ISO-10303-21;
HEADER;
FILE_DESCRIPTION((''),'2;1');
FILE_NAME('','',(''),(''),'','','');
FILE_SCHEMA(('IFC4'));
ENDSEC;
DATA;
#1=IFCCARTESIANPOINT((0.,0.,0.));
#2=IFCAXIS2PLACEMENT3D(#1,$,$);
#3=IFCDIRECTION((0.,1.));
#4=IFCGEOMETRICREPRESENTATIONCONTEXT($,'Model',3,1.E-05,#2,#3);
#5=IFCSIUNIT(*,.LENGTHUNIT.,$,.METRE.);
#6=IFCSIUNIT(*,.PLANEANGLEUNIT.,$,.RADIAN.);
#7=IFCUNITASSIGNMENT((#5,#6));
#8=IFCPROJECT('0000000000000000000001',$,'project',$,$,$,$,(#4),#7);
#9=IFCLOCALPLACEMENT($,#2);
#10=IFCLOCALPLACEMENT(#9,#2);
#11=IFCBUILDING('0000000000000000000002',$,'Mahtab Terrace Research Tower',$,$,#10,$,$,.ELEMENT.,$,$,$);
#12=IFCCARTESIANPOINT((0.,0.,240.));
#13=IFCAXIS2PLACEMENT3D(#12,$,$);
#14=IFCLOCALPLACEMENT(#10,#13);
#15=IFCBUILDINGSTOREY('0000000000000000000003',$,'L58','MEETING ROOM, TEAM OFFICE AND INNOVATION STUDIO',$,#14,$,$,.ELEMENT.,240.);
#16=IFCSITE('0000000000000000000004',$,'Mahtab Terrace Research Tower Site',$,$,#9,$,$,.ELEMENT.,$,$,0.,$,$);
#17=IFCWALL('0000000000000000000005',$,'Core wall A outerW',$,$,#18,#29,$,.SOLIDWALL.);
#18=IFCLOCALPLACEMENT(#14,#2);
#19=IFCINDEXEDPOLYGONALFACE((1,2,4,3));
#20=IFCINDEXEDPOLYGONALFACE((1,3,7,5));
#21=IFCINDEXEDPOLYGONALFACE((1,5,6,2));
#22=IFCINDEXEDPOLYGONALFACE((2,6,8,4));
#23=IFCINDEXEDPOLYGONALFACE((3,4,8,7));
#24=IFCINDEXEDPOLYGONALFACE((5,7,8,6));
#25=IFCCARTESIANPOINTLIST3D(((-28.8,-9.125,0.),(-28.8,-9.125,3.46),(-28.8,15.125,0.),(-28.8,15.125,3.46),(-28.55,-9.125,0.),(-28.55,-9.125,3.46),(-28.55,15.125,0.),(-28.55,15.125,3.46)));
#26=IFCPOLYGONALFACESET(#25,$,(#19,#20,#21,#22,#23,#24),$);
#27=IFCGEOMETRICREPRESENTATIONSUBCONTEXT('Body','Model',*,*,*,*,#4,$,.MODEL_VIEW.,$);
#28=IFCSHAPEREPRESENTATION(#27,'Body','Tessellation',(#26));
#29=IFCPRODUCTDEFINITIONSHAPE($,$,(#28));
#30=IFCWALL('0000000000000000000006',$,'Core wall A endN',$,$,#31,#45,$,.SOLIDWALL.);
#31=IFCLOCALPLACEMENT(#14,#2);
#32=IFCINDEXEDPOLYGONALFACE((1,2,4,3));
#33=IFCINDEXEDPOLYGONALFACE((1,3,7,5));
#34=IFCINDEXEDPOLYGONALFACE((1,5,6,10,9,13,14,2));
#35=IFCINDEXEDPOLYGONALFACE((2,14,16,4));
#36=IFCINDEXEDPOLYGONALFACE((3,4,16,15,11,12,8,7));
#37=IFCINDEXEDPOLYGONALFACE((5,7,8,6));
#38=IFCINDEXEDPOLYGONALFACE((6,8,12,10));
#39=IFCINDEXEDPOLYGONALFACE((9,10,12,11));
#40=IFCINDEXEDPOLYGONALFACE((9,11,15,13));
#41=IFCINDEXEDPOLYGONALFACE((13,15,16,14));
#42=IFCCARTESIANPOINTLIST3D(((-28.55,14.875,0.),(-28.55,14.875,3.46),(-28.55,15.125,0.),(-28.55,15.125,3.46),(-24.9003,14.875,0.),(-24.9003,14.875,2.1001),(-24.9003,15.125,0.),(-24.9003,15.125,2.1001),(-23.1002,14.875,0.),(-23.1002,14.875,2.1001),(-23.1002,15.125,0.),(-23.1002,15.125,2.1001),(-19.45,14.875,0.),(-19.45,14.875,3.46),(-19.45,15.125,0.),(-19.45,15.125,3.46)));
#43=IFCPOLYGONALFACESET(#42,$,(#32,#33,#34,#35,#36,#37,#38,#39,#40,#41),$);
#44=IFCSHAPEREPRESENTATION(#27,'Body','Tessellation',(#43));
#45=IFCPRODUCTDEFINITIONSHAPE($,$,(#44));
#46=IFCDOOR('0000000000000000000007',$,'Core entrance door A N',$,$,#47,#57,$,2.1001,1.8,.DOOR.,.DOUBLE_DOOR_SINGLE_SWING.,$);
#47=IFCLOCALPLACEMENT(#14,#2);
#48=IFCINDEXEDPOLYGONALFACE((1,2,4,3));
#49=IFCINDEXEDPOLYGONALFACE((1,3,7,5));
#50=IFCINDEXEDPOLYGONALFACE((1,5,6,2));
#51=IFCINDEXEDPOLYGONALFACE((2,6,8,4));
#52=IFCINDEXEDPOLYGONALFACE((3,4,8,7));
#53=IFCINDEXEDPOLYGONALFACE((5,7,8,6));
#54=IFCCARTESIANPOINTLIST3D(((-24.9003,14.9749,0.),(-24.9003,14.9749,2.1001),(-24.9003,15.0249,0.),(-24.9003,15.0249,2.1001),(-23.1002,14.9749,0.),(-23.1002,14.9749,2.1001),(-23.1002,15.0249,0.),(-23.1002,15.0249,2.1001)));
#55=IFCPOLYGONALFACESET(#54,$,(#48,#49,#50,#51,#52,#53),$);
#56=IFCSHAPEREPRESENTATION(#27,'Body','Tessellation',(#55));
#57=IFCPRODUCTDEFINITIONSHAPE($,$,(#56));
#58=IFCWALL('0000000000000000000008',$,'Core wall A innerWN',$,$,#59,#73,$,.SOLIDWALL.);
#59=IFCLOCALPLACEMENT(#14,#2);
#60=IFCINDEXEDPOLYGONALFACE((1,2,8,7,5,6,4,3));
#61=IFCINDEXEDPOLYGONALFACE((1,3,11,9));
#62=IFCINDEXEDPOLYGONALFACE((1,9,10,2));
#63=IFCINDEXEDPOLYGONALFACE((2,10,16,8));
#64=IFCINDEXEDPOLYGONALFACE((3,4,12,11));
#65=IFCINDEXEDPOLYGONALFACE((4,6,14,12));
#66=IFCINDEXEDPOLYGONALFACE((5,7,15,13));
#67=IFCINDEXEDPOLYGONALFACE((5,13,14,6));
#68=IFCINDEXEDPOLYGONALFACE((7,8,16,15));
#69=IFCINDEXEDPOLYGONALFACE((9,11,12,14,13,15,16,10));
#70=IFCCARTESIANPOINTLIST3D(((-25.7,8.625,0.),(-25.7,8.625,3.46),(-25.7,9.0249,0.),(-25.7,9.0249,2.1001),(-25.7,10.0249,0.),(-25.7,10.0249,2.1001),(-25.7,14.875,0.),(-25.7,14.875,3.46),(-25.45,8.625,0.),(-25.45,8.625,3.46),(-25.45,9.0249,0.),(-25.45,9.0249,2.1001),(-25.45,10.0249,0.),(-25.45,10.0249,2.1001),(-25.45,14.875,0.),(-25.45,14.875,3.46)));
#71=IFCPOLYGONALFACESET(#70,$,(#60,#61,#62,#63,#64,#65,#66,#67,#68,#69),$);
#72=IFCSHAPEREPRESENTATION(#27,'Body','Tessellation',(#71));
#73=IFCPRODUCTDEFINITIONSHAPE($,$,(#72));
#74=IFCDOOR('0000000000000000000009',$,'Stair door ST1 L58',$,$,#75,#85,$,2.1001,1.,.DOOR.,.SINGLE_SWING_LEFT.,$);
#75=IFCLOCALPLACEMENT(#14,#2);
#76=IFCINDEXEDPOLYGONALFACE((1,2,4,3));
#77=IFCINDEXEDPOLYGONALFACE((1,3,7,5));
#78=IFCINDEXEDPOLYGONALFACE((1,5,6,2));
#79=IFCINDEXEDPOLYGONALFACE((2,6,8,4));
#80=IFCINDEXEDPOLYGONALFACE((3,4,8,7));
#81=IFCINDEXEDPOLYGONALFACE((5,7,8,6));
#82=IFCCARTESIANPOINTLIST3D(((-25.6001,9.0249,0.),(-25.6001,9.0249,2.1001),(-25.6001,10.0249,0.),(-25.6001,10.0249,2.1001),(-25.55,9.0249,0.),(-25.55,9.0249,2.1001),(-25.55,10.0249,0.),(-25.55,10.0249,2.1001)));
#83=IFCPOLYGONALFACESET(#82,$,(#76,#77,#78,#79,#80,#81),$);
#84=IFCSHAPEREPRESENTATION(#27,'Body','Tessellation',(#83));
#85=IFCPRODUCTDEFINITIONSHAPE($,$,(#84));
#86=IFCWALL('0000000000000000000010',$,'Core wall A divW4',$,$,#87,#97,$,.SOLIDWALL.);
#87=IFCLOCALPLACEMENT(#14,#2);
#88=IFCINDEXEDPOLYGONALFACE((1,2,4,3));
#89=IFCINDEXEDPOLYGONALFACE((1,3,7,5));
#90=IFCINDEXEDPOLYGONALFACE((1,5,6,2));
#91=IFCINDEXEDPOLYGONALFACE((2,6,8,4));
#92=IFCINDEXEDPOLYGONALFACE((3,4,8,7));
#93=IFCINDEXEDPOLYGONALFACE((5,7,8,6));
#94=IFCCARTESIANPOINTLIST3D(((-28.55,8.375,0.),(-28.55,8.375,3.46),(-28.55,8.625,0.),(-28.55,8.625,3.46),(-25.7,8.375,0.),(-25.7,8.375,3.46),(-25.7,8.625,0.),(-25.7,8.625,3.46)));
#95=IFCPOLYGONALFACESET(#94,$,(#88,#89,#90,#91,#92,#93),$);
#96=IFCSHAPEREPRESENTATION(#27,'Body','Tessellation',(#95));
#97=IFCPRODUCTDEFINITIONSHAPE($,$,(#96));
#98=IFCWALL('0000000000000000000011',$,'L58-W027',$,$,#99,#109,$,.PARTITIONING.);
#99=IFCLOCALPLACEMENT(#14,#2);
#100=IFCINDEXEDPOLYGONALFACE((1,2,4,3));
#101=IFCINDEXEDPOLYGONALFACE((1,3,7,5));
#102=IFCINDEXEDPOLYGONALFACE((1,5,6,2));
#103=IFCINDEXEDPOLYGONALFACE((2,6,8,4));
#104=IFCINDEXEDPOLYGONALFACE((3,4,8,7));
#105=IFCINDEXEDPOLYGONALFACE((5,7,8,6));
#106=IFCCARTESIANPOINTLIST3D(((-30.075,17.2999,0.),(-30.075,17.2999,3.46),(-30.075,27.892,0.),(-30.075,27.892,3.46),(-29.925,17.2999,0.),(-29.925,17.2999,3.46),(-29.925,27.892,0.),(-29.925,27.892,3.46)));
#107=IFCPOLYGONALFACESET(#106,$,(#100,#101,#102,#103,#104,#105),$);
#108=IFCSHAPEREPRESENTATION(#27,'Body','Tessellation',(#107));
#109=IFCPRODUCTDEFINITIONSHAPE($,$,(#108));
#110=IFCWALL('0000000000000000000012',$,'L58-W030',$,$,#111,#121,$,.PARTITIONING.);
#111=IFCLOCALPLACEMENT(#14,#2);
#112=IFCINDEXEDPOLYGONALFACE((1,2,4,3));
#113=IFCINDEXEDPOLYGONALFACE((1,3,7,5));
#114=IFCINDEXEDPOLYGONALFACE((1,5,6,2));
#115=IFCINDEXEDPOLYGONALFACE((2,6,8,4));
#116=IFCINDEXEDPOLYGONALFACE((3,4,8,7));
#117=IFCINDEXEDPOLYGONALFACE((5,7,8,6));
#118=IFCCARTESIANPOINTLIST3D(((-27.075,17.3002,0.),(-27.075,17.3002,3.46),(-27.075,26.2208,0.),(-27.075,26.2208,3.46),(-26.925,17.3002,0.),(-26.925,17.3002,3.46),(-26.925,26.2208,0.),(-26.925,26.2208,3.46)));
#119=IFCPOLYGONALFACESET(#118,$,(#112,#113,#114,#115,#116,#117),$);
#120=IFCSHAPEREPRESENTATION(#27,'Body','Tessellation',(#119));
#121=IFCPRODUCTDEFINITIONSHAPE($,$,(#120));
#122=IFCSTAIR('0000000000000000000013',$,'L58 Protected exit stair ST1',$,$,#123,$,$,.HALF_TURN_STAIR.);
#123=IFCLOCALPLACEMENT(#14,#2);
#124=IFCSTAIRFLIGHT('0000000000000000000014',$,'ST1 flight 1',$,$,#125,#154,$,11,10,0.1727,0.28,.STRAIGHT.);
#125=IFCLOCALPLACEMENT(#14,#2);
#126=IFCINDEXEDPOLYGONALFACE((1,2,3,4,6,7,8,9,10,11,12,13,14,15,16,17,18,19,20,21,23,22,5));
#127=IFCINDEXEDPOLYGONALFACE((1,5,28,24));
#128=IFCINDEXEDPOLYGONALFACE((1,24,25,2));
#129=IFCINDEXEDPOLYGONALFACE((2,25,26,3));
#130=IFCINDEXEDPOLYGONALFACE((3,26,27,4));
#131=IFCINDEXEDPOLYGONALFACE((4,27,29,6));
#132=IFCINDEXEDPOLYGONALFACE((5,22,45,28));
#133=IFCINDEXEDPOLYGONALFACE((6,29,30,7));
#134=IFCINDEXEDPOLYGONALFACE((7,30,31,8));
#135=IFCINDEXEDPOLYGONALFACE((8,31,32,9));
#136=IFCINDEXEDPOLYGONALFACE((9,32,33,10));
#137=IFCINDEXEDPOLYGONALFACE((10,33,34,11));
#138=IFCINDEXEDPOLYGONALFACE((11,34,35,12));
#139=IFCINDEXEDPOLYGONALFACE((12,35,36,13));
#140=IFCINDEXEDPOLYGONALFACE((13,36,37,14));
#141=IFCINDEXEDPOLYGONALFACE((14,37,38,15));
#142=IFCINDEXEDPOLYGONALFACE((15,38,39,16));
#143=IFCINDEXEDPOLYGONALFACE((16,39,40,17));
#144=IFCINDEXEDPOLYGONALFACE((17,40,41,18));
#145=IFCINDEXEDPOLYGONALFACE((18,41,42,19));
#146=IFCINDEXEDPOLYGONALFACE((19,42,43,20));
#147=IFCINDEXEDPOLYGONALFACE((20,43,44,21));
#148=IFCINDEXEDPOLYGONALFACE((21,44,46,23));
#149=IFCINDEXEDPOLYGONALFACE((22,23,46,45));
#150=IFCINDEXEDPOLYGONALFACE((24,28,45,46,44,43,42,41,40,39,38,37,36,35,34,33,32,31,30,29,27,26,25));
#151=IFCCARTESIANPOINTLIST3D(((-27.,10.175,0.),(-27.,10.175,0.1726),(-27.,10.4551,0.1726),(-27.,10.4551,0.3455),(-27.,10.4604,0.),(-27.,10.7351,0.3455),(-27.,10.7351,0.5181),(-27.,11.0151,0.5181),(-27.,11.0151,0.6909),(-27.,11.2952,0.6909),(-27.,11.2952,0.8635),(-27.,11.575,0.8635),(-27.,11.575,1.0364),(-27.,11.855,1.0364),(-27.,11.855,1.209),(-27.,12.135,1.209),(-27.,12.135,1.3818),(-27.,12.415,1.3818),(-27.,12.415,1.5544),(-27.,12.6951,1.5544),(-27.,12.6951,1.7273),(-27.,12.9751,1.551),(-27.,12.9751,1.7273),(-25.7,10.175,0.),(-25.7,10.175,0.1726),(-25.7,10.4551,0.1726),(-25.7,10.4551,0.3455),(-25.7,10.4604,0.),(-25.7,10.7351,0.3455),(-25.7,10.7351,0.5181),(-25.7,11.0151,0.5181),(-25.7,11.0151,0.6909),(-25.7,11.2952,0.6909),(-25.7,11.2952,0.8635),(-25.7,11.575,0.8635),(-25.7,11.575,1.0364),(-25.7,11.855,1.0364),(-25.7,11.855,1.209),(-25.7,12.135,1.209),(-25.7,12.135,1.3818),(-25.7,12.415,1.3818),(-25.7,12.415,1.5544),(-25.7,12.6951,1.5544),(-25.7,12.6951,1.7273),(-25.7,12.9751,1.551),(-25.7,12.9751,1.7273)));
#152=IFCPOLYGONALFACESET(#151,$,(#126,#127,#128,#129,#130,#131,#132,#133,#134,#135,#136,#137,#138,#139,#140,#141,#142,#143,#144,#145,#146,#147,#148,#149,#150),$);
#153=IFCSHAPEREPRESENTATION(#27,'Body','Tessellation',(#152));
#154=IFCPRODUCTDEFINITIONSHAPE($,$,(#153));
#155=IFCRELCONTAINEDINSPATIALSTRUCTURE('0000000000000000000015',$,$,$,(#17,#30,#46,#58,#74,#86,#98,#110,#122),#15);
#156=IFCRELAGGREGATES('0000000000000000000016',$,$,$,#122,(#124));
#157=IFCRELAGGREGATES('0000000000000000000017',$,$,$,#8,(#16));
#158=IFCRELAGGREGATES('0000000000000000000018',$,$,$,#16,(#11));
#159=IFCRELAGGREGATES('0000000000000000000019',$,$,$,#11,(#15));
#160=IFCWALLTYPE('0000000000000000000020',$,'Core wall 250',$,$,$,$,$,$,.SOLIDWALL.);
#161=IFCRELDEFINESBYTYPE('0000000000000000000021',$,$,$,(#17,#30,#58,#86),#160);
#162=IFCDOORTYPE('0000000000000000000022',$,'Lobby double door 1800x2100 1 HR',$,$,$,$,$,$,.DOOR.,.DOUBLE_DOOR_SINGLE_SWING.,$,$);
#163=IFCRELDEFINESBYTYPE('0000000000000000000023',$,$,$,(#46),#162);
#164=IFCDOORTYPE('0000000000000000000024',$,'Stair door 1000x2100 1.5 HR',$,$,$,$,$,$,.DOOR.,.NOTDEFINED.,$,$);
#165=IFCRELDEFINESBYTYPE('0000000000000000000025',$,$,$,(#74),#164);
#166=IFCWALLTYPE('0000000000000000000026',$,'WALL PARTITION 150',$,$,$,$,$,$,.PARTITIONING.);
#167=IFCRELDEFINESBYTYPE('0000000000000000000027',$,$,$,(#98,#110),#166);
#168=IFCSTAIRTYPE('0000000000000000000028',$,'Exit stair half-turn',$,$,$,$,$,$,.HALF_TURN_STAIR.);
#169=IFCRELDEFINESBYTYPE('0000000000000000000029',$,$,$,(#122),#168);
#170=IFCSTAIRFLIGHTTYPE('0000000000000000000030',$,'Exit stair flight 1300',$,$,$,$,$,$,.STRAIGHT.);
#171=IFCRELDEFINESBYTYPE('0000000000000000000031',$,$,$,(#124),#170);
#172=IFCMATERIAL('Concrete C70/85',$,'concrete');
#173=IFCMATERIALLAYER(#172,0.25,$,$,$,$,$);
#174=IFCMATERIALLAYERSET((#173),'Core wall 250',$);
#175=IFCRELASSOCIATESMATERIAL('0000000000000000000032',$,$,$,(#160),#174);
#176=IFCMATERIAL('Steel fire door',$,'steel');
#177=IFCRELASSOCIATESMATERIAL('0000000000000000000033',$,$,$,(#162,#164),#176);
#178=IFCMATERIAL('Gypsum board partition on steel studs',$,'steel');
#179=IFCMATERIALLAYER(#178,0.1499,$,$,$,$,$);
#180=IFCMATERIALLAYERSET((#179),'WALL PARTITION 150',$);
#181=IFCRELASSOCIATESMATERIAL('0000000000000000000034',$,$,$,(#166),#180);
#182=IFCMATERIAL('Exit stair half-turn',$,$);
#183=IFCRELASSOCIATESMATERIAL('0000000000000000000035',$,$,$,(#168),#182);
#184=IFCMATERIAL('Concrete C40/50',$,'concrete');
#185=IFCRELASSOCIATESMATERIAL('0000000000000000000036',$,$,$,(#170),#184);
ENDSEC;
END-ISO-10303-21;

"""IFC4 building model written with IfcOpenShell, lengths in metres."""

from ifc_helpers import new_model, si_unit, direction, frame, frame_2d, origin, place, context, subcontext, project, spatial, polyline, rectangle, outline, extrude, material, layer, layer_set, type_object, element, fill, aggregate, save


model = new_model("IFC4")

# Units and contexts
model_context = context("Model", 3, precision=1e-05, world=origin(), true_north=direction((0.0, 1.0)))
body_context = subcontext(model_context, "Body", "Model", "MODEL_VIEW")
ifc_project = project(units=[si_unit("LENGTHUNIT", "METRE"), si_unit("PLANEANGLEUNIT", "RADIAN")], contexts=[model_context])

# Site, building, storey
site_placement = place(None, origin())
site = spatial("IfcSite", under=ifc_project, at=site_placement, Name="Mahtab Terrace Research Tower Site", CompositionType="ELEMENT", RefElevation=0.0)
building_placement = place(site_placement, origin())
building = spatial("IfcBuilding", under=site, at=building_placement, Name="Mahtab Terrace Research Tower", CompositionType="ELEMENT")
storey_placement = place(building_placement, frame((0.0, 0.0, 240.0)))
storey = spatial("IfcBuildingStorey", under=building, at=storey_placement, Name="L58", Description="MEETING ROOM, TEAM OFFICE AND INNOVATION STUDIO", CompositionType="ELEMENT", Elevation=240.0)

# Wall
ifc_material_1 = material(Name="Concrete C70/85", Category="concrete")
ifc_layer_1 = layer(ifc_material_1, 0.25)
ifc_layer_set_1 = layer_set([ifc_layer_1], Name="Core wall 250")
wall_type_1 = type_object("IfcWallType", Name="Core wall 250", PredefinedType="SOLIDWALL", material=ifc_layer_set_1)
wall_1_placement = place(storey_placement, frame((-28.675, 15.125, 0.0), z_axis=(0.0, 0.0, 1.0), x_axis=(0.0, -1.0, 0.0)))
element("IfcWall", 1, at=wall_1_placement, inside=storey, type_object=wall_type_1, Name="Core wall A outerW", PredefinedType="SOLIDWALL", context=body_context, shape_type="SweptSolid", body=[
    extrude(rectangle(XDim=24.25, YDim=0.25, at=frame_2d((12.125, 0.0))), origin(), (0.0, 0.0, 1.0), 3.46),
])

# Walls, openings, doors
wall_2_placement = place(storey_placement, frame((-28.55, 15.0, 0.0), z_axis=(0.0, 0.0, 1.0), x_axis=(1.0, 0.0, 0.0)))
wall_2 = element("IfcWall", 2, at=wall_2_placement, inside=storey, type_object=wall_type_1, Name="Core wall A endN", PredefinedType="SOLIDWALL", context=body_context, shape_type="SweptSolid", body=[
    extrude(rectangle(XDim=9.1001, YDim=0.25, at=frame_2d((4.55, 0.0))), origin(), (0.0, 0.0, 1.0), 3.46),
])
opening_1_placement = place(wall_2_placement, frame((3.6499, 0.0, 0.0)))
opening_1 = element("IfcOpeningElement", 3, at=opening_1_placement, cuts=wall_2, PredefinedType="OPENING", context=body_context, shape_type="SweptSolid", body=[
    extrude(rectangle(XDim=1.8, YDim=2.1001, at=frame_2d((0.8999, 1.05))), frame((0.0, 0.135, 0.0), z_axis=(0.0, -1.0, 0.0), x_axis=(1.0, 0.0, 0.0)), (0.0, 0.0, 1.0), 0.27),
])
ifc_material_2 = material(Name="Steel fire door", Category="steel")
door_type_1 = type_object("IfcDoorType", Name="Lobby double door 1800x2100 1 HR", OperationType="DOUBLE_DOOR_SINGLE_SWING", PredefinedType="DOOR", material=ifc_material_2)
door_1_placement = place(opening_1_placement, origin())
door_1 = element("IfcDoor", 4, at=door_1_placement, inside=storey, type_object=door_type_1, Name="Core entrance door A N", OperationType="DOUBLE_DOOR_SINGLE_SWING", OverallHeight=2.1001, OverallWidth=1.8, PredefinedType="DOOR", context=body_context, shape_type="SweptSolid", body=[
    extrude(rectangle(XDim=1.8, YDim=2.1001, at=frame_2d((0.8999, 1.05))), frame((0.0, 0.0249, 0.0), z_axis=(0.0, -1.0, 0.0), x_axis=(1.0, 0.0, 0.0)), (0.0, 0.0, 1.0), 0.05),
])
fill(opening_1, door_1)
wall_3_placement = place(storey_placement, frame((-25.575, 14.875, 0.0), z_axis=(0.0, 0.0, 1.0), x_axis=(0.0, -1.0, 0.0)))
wall_3 = element("IfcWall", 5, at=wall_3_placement, inside=storey, type_object=wall_type_1, Name="Core wall A innerWN", PredefinedType="SOLIDWALL", context=body_context, shape_type="SweptSolid", body=[
    extrude(rectangle(XDim=6.25, YDim=0.25, at=frame_2d((3.125, 0.0))), origin(), (0.0, 0.0, 1.0), 3.46),
])
opening_2_placement = place(wall_3_placement, frame((4.8501, 0.0, 0.0)))
opening_2 = element("IfcOpeningElement", 6, at=opening_2_placement, cuts=wall_3, PredefinedType="OPENING", context=body_context, shape_type="SweptSolid", body=[
    extrude(rectangle(XDim=1.0, YDim=2.1001, at=frame_2d((0.5, 1.05))), frame((0.0, 0.135, 0.0), z_axis=(0.0, -1.0, 0.0), x_axis=(1.0, 0.0, 0.0)), (0.0, 0.0, 1.0), 0.27),
])
door_type_2 = type_object("IfcDoorType", Name="Stair door 1000x2100 1.5 HR", OperationType="NOTDEFINED", PredefinedType="DOOR", material=ifc_material_2)
door_2_placement = place(opening_2_placement, origin())
door_2 = element("IfcDoor", 7, at=door_2_placement, inside=storey, type_object=door_type_2, Name="Stair door ST1 L58", OperationType="SINGLE_SWING_LEFT", OverallHeight=2.1001, OverallWidth=1.0, PredefinedType="DOOR", context=body_context, shape_type="SweptSolid", body=[
    extrude(rectangle(XDim=1.0, YDim=2.1001, at=frame_2d((0.5, 1.05))), frame((0.0, 0.0249, 0.0), z_axis=(0.0, -1.0, 0.0), x_axis=(1.0, 0.0, 0.0)), (0.0, 0.0, 1.0), 0.05),
])
fill(opening_2, door_2)

# Walls
wall_4_placement = place(storey_placement, frame((-28.55, 8.5, 0.0), z_axis=(0.0, 0.0, 1.0), x_axis=(1.0, 0.0, 0.0)))
element("IfcWall", 8, at=wall_4_placement, inside=storey, type_object=wall_type_1, Name="Core wall A divW4", PredefinedType="SOLIDWALL", context=body_context, shape_type="SweptSolid", body=[
    extrude(rectangle(XDim=2.8501, YDim=0.25, at=frame_2d((1.425, 0.0))), origin(), (0.0, 0.0, 1.0), 3.46),
])
ifc_material_3 = material(Name="Gypsum board partition on steel studs", Category="steel")
ifc_layer_2 = layer(ifc_material_3, 0.1499)
ifc_layer_set_2 = layer_set([ifc_layer_2], Name="WALL PARTITION 150")
wall_type_2 = type_object("IfcWallType", Name="WALL PARTITION 150", PredefinedType="PARTITIONING", material=ifc_layer_set_2)
wall_5_placement = place(storey_placement, frame((-30.0, 17.3, 0.0), z_axis=(0.0, 0.0, 1.0), x_axis=(0.0, 1.0, 0.0)))
element("IfcWall", 9, at=wall_5_placement, inside=storey, type_object=wall_type_2, Name="L58-W027", PredefinedType="PARTITIONING", context=body_context, shape_type="SweptSolid", body=[
    extrude(rectangle(XDim=10.592, YDim=0.1499, at=frame_2d((5.2959, 0.0))), origin(), (0.0, 0.0, 1.0), 3.46),
])
wall_6_placement = place(storey_placement, frame((-27.0, 17.3, 0.0), z_axis=(0.0, 0.0, 1.0), x_axis=(0.0, 1.0, 0.0)))
element("IfcWall", 10, at=wall_6_placement, inside=storey, type_object=wall_type_2, Name="L58-W030", PredefinedType="PARTITIONING", context=body_context, shape_type="SweptSolid", body=[
    extrude(rectangle(XDim=8.9207, YDim=0.1499, at=frame_2d((4.4604, 0.0))), origin(), (0.0, 0.0, 1.0), 3.46),
])

# Stair, stair flight
ifc_material_4 = material(Name="Exit stair half-turn")
stair_type = type_object("IfcStairType", Name="Exit stair half-turn", PredefinedType="HALF_TURN_STAIR", material=ifc_material_4)
stair_placement = place(storey_placement, origin())
stair = element("IfcStair", 11, at=stair_placement, inside=storey, type_object=stair_type, Name="L58 Protected exit stair ST1", PredefinedType="HALF_TURN_STAIR")
ifc_material_5 = material(Name="Concrete C40/50", Category="concrete")
stair_flight_type = type_object("IfcStairFlightType", Name="Exit stair flight 1300", PredefinedType="STRAIGHT", material=ifc_material_5)
stair_flight_1_placement = place(storey_placement, frame((-26.3501, 10.175, 0.0), z_axis=(0.0, 0.0, 1.0), x_axis=(0.0, 1.0, 0.0)))
stair_flight_1 = element("IfcStairFlight", 12, at=stair_flight_1_placement, type_object=stair_flight_type, Name="ST1 flight 1", NumberOfRisers=11, NumberOfTreads=10, PredefinedType="STRAIGHT", RiserHeight=0.1727, TreadLength=0.28, context=body_context, shape_type="SweptSolid", body=[
    extrude(outline(polyline([(0.0, 0.0), (0.0, 0.1726), (0.28, 0.1726), (0.28, 0.3455), (0.5601, 0.3455), (0.5601, 0.5181), (0.8401, 0.5181), (0.8401, 0.6909), (1.1201, 0.6909), (1.1201, 0.8635), (1.3999, 0.8635), (1.3999, 1.0364), (1.6799, 1.0364), (1.6799, 1.209), (1.96, 1.209), (1.96, 1.3818), (2.24, 1.3818), (2.24, 1.5544), (2.52, 1.5544), (2.52, 1.7273), (2.8, 1.7273), (2.8, 1.8999), (2.8, 1.551), (0.2854, 0.0), (0.0, 0.0)])), frame((0.0, 0.6499, 0.0), z_axis=(0.0, -1.0, 0.0), x_axis=(1.0, 0.0, 0.0)), (0.0, 0.0, 1.0), 1.3),
])
aggregate(stair, [stair_flight_1])

save(model, "model.ifc")
